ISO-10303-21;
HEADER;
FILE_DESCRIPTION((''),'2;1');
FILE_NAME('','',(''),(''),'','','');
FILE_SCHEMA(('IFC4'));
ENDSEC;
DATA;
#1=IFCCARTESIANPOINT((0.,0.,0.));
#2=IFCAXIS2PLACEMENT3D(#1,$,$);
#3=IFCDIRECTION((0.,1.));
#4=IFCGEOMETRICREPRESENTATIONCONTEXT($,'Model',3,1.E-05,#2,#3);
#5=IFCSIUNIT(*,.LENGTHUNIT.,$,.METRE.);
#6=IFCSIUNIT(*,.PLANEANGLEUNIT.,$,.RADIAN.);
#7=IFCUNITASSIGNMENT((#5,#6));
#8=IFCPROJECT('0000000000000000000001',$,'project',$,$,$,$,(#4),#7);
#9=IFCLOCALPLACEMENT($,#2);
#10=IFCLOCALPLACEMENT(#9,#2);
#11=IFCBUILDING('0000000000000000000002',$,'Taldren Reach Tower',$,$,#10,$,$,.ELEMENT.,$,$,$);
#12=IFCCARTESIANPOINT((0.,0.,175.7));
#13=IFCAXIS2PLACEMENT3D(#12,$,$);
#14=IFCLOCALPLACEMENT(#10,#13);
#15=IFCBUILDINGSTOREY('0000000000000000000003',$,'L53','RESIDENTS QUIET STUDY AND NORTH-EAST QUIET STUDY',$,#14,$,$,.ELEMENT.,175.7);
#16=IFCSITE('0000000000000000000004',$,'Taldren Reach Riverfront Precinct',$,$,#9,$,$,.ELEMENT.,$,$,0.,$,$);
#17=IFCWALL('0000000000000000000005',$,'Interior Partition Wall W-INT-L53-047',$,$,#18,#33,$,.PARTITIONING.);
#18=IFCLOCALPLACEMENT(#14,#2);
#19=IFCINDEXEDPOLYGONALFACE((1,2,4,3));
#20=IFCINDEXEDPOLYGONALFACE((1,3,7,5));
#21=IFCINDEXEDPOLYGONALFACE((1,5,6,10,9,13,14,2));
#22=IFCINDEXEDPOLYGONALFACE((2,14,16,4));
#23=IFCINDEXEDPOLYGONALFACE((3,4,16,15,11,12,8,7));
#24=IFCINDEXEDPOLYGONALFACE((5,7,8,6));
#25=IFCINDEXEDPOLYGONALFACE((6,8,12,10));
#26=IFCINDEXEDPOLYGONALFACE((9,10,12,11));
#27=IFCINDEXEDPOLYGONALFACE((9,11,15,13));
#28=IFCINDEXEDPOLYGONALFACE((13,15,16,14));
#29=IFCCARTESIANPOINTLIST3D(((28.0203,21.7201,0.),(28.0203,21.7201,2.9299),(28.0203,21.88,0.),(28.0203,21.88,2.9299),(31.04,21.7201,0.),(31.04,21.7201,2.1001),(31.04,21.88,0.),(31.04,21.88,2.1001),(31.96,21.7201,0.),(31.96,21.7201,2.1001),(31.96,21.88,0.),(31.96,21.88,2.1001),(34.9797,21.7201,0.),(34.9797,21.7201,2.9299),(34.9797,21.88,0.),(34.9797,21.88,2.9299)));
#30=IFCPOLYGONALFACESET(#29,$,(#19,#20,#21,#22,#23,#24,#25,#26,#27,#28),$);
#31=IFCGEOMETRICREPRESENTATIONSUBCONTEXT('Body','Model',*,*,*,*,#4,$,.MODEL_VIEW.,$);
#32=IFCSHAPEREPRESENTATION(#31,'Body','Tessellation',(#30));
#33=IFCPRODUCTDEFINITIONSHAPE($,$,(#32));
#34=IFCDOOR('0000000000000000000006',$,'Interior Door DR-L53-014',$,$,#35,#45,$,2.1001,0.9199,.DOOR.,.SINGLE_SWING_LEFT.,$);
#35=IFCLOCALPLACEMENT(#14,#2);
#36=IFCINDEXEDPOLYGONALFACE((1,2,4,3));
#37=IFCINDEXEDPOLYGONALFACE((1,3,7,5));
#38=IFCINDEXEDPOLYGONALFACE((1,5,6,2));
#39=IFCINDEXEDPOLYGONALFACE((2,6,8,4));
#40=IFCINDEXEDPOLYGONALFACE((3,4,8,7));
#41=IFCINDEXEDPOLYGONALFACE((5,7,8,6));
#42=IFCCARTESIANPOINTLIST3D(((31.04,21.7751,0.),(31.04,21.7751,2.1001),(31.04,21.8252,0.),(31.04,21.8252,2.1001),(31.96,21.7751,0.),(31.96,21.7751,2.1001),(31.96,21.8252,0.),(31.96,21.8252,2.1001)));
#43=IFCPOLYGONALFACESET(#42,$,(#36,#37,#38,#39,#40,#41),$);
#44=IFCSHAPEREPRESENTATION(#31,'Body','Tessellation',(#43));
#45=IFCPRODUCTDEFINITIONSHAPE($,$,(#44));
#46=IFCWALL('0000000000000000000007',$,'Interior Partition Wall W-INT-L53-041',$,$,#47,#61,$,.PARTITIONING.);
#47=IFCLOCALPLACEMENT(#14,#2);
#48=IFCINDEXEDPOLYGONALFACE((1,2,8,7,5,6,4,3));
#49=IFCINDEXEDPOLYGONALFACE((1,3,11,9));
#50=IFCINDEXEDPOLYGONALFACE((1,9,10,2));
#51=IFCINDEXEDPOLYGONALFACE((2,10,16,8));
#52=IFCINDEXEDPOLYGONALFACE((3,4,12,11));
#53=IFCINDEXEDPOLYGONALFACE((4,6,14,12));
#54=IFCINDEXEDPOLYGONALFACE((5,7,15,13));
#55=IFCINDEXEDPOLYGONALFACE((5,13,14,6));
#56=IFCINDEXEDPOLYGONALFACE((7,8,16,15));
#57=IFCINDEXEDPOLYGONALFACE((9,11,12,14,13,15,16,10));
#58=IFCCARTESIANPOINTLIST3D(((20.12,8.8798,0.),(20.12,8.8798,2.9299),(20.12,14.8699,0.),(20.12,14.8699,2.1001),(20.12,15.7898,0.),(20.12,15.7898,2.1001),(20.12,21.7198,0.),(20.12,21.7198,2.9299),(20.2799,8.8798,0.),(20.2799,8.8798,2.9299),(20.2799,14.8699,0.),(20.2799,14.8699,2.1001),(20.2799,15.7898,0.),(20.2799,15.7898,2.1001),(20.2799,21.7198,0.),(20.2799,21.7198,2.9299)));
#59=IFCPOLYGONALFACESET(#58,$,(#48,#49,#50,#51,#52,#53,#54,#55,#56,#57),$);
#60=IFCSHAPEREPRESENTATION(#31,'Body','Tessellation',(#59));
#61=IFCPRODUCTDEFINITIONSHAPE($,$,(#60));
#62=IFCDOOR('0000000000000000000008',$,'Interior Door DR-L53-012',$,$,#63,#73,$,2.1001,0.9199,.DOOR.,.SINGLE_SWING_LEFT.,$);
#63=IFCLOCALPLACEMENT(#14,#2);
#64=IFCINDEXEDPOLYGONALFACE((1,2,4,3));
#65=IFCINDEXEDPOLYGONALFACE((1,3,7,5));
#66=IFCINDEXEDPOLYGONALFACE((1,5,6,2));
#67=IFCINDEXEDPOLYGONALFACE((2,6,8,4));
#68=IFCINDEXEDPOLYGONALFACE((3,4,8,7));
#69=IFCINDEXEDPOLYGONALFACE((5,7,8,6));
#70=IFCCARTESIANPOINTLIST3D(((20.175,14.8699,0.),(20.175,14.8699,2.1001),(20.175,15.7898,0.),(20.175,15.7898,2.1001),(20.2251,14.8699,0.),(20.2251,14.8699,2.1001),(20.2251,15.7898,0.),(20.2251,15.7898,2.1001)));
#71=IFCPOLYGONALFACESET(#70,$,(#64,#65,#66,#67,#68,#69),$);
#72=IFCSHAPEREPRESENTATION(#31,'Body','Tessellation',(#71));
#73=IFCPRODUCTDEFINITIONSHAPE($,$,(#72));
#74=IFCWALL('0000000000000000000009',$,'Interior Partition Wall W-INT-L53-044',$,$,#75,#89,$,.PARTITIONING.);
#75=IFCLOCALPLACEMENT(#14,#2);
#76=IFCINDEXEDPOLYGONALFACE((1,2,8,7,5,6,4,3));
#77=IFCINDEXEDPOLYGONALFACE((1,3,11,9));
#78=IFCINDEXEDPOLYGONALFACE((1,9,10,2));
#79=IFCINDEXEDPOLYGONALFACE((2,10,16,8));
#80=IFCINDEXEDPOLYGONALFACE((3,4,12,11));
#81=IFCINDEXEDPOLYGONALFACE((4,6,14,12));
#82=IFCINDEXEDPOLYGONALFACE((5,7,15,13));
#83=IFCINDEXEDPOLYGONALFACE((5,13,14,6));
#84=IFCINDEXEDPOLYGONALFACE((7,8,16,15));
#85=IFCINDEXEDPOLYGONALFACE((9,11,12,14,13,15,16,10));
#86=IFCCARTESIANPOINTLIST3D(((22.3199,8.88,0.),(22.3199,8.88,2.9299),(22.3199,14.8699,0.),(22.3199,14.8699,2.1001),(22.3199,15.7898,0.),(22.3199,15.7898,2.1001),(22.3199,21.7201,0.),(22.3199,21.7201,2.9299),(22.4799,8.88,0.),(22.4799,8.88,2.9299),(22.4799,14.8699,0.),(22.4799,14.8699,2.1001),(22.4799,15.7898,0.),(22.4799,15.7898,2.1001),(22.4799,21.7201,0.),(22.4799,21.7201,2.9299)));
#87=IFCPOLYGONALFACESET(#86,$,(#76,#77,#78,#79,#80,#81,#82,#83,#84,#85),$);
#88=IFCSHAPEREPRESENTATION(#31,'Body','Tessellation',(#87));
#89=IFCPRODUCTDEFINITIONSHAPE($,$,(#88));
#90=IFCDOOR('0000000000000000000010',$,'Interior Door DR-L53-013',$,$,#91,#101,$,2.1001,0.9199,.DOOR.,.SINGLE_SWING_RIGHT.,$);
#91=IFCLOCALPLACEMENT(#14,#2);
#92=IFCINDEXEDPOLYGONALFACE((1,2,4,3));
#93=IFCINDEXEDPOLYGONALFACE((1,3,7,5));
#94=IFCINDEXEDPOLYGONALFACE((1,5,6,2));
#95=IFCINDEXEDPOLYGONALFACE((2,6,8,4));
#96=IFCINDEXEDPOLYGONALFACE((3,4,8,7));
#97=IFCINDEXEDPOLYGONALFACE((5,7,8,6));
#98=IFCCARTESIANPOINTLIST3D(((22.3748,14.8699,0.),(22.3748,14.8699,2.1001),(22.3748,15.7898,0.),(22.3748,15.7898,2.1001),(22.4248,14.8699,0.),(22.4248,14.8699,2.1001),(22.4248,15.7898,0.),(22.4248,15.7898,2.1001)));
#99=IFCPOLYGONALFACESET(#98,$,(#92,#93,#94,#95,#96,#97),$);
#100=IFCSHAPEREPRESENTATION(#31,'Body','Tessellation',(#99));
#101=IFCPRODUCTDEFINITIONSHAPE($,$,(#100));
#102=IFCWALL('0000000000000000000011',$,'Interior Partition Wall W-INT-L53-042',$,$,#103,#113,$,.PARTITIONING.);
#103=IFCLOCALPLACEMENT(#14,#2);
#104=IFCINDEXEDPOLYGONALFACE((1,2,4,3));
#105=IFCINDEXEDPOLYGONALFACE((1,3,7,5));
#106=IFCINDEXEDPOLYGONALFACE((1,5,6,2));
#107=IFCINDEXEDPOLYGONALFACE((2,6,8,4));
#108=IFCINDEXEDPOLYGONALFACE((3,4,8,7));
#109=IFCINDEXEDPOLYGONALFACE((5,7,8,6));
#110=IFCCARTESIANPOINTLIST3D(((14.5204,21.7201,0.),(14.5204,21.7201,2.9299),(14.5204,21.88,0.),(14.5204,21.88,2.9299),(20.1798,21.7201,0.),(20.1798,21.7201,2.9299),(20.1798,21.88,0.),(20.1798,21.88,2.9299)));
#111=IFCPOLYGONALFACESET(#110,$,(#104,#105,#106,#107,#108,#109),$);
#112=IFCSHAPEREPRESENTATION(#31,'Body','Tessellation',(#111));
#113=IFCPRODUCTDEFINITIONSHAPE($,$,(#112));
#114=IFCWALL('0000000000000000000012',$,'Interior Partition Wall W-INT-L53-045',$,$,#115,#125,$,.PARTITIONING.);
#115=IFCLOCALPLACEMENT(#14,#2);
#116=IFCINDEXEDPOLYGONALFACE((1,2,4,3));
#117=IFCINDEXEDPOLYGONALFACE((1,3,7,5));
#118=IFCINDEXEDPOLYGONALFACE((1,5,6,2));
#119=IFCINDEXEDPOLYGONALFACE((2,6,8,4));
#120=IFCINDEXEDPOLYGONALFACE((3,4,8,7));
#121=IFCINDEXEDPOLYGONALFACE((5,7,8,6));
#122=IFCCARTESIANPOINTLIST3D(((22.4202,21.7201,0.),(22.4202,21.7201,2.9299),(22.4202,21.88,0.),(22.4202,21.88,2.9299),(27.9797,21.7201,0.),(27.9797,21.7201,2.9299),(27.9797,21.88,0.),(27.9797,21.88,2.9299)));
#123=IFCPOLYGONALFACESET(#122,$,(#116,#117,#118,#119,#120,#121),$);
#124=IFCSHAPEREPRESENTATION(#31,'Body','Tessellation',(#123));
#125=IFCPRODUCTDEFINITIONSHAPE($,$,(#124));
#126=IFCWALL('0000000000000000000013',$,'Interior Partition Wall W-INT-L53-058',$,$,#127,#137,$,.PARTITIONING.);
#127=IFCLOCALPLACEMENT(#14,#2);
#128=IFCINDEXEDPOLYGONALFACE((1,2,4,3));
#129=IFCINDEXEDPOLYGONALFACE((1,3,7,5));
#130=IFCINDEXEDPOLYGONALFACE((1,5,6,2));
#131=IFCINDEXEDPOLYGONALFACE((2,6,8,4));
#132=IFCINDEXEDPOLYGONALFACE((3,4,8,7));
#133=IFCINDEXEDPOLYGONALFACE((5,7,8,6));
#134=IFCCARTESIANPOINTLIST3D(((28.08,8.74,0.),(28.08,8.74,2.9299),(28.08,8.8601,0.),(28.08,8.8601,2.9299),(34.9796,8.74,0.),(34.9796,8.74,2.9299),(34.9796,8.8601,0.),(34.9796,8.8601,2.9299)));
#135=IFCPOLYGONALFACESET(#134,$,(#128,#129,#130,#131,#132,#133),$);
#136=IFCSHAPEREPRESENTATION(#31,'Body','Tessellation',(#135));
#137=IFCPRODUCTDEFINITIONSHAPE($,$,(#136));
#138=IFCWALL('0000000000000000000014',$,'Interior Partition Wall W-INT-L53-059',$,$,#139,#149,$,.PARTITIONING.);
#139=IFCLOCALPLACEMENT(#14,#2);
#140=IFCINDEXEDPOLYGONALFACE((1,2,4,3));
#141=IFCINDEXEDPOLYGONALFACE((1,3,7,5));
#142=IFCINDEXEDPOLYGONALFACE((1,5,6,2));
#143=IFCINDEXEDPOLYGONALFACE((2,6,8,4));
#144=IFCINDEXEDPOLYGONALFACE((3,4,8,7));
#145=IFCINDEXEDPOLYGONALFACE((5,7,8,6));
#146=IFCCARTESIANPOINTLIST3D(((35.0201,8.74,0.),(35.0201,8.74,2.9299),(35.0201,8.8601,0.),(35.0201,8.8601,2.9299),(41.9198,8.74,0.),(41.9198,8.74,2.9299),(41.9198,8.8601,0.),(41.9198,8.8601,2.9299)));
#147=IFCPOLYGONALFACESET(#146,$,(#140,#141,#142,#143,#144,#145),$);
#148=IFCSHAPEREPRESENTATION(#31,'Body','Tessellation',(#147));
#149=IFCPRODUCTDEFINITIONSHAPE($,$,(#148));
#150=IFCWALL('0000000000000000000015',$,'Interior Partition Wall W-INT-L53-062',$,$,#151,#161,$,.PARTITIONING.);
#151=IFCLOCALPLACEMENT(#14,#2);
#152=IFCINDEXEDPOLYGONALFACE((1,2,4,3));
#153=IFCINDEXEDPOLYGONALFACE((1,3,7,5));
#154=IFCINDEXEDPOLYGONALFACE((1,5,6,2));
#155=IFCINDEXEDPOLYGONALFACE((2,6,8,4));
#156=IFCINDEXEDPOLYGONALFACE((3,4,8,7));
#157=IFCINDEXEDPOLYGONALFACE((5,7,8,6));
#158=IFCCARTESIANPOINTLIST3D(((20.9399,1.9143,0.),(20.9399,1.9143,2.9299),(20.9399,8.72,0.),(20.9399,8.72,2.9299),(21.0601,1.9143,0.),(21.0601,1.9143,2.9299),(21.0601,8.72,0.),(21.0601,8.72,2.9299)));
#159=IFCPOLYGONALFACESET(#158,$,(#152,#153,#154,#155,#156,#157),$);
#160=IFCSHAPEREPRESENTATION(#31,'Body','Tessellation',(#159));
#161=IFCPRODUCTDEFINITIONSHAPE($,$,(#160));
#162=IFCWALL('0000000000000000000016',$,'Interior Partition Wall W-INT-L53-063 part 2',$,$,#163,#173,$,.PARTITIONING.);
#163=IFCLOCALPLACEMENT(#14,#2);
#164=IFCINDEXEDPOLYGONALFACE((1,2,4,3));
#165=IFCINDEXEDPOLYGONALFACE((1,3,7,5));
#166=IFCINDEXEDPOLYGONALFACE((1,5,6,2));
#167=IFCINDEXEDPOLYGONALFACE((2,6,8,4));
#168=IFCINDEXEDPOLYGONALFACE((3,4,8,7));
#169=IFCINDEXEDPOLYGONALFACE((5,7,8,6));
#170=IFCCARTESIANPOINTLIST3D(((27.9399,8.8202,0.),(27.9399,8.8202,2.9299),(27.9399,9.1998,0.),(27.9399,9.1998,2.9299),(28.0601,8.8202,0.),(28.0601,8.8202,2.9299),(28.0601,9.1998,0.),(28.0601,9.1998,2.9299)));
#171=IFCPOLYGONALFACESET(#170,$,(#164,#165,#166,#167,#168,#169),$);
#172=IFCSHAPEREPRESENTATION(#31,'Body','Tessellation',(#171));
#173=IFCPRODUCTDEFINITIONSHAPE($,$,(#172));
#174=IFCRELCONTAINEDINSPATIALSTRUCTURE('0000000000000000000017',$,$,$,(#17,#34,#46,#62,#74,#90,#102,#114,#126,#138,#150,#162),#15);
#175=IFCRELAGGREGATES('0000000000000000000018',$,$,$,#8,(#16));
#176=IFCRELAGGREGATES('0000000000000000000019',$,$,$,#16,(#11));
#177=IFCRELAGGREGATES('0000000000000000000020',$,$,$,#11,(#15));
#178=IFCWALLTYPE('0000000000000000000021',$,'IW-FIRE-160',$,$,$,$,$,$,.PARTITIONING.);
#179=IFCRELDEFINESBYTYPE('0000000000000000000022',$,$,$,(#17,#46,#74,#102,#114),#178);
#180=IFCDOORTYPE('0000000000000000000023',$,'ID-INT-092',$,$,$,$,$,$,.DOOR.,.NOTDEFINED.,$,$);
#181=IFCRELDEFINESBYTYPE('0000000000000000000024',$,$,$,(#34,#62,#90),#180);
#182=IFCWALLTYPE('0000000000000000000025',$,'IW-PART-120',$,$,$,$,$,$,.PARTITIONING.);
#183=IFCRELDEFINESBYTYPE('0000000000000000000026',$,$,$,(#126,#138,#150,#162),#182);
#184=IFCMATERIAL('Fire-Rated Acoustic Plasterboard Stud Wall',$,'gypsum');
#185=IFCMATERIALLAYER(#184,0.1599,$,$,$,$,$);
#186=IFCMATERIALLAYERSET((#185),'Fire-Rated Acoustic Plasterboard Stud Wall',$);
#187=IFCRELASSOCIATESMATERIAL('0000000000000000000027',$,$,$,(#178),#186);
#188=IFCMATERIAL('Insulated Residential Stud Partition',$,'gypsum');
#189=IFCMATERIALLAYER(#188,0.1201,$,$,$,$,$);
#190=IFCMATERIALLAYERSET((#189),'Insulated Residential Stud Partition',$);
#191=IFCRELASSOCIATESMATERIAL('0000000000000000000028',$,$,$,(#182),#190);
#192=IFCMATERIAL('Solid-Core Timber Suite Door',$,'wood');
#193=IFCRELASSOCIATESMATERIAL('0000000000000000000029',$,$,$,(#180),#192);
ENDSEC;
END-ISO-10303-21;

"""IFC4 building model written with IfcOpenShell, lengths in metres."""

from ifc_helpers import new_model, si_unit, direction, frame, frame_2d, origin, place, context, subcontext, project, spatial, rectangle, extrude, source, transform, mapped, material, layer, layer_set, type_object, element, fill, save


model = new_model("IFC4")

# Units and contexts
model_context = context("Model", 3, precision=1e-05, world=origin(), true_north=direction((0.0, 1.0)))
body_context = subcontext(model_context, "Body", "Model", "MODEL_VIEW")
ifc_project = project(units=[si_unit("LENGTHUNIT", "METRE"), si_unit("PLANEANGLEUNIT", "RADIAN")], contexts=[model_context])

# Site, building, storey
site_placement = place(None, origin())
site = spatial("IfcSite", under=ifc_project, at=site_placement, Name="Taldren Reach Riverfront Precinct", CompositionType="ELEMENT", RefElevation=0.0)
building_placement = place(site_placement, origin())
building = spatial("IfcBuilding", under=site, at=building_placement, Name="Taldren Reach Tower", CompositionType="ELEMENT")
storey_placement = place(building_placement, frame((0.0, 0.0, 175.7)))
storey = spatial("IfcBuildingStorey", under=building, at=storey_placement, Name="L53", Description="RESIDENTS QUIET STUDY AND NORTH-EAST QUIET STUDY", CompositionType="ELEMENT", Elevation=175.7)

# Shared definitions
ifc_material_1 = material(Name="Fire-Rated Acoustic Plasterboard Stud Wall", Category="gypsum")
ifc_layer_1 = layer(ifc_material_1, 0.1599)
ifc_layer_set_1 = layer_set([ifc_layer_1], Name="Fire-Rated Acoustic Plasterboard Stud Wall")
wall_type_1 = type_object("IfcWallType", Name="IW-FIRE-160", PredefinedType="PARTITIONING", material=ifc_layer_set_1)
ifc_material_2 = material(Name="Insulated Residential Stud Partition", Category="gypsum")
ifc_layer_2 = layer(ifc_material_2, 0.1201)
ifc_layer_set_2 = layer_set([ifc_layer_2], Name="Insulated Residential Stud Partition")
wall_type_2 = type_object("IfcWallType", Name="IW-PART-120", PredefinedType="PARTITIONING", material=ifc_layer_set_2)

# Walls, openings, doors
shared_shape_1 = source(origin(), body_context, "Body", "SweptSolid", [
    extrude(rectangle(XDim=6.9595, YDim=0.1599, at=frame_2d((3.4797, 0.0))), origin(), (0.0, 0.0, 1.0), 2.9299),
])
wall_1_placement = place(storey_placement, frame((34.9797, 21.8, 0.0), z_axis=(0.0, 0.0, 1.0), x_axis=(-1.0, 0.0, 0.0)))
wall_1 = element("IfcWall", 1, at=wall_1_placement, inside=storey, type_object=wall_type_1, Name="Interior Partition Wall W-INT-L53-047", PredefinedType="PARTITIONING", context=body_context, shape_type="MappedRepresentation", body=[
    mapped(shared_shape_1, transform((0.0, 0.0, 0.0), scale=1.0)),
])
shared_shape_2 = source(origin(), body_context, "Body", "SweptSolid", [
    extrude(rectangle(XDim=0.9199, YDim=2.1001, at=frame_2d((0.46, 1.05))), frame((0.0, 0.0898, 0.0), z_axis=(0.0, -1.0, 0.0), x_axis=(1.0, 0.0, 0.0)), (0.0, 0.0, 1.0), 0.1799),
])
opening_1_placement = place(wall_1_placement, frame((3.0198, 0.0, 0.0)))
opening_1 = element("IfcOpeningElement", 2, at=opening_1_placement, cuts=wall_1, PredefinedType="OPENING", context=body_context, shape_type="MappedRepresentation", body=[
    mapped(shared_shape_2, transform((0.0, 0.0, 0.0), scale=1.0)),
])
ifc_material_3 = material(Name="Solid-Core Timber Suite Door", Category="wood")
door_type = type_object("IfcDoorType", Name="ID-INT-092", OperationType="NOTDEFINED", PredefinedType="DOOR", material=ifc_material_3)
shared_shape_3 = source(origin(), body_context, "Body", "SweptSolid", [
    extrude(rectangle(XDim=0.9199, YDim=2.1001, at=frame_2d((0.46, 1.05))), frame((0.0, 0.0249, 0.0), z_axis=(0.0, -1.0, 0.0), x_axis=(1.0, 0.0, 0.0)), (0.0, 0.0, 1.0), 0.05),
])
door_1_placement = place(opening_1_placement, origin())
door_1 = element("IfcDoor", 3, at=door_1_placement, inside=storey, type_object=door_type, Name="Interior Door DR-L53-014", OperationType="SINGLE_SWING_LEFT", OverallHeight=2.1001, OverallWidth=0.9199, PredefinedType="DOOR", context=body_context, shape_type="MappedRepresentation", body=[
    mapped(shared_shape_3, transform((0.0, 0.0, 0.0), scale=1.0)),
])
fill(opening_1, door_1)
shared_shape_4 = source(origin(), body_context, "Body", "SweptSolid", [
    extrude(rectangle(XDim=12.8401, YDim=0.1599, at=frame_2d((6.4199, 0.0))), origin(), (0.0, 0.0, 1.0), 2.9299),
])
wall_2_placement = place(storey_placement, frame((20.2, 8.8799, 0.0), z_axis=(0.0, 0.0, 1.0), x_axis=(0.0, 1.0, 0.0)))
wall_2 = element("IfcWall", 4, at=wall_2_placement, inside=storey, type_object=wall_type_1, Name="Interior Partition Wall W-INT-L53-041", PredefinedType="PARTITIONING", context=body_context, shape_type="MappedRepresentation", body=[
    mapped(shared_shape_4, transform((0.0, 0.0, 0.0), scale=1.0)),
])
opening_2_placement = place(wall_2_placement, frame((5.99, 0.0, 0.0)))
opening_2 = element("IfcOpeningElement", 5, at=opening_2_placement, cuts=wall_2, PredefinedType="OPENING", context=body_context, shape_type="MappedRepresentation", body=[
    mapped(shared_shape_2, transform((0.0, 0.0, 0.0), scale=1.0)),
])
door_2_placement = place(opening_2_placement, origin())
door_2 = element("IfcDoor", 6, at=door_2_placement, inside=storey, type_object=door_type, Name="Interior Door DR-L53-012", OperationType="SINGLE_SWING_LEFT", OverallHeight=2.1001, OverallWidth=0.9199, PredefinedType="DOOR", context=body_context, shape_type="MappedRepresentation", body=[
    mapped(shared_shape_3, transform((0.0, 0.0, 0.0), scale=1.0)),
])
fill(opening_2, door_2)
wall_3_placement = place(storey_placement, frame((22.3999, 21.72, 0.0), z_axis=(0.0, 0.0, 1.0), x_axis=(0.0, -1.0, 0.0)))
wall_3 = element("IfcWall", 7, at=wall_3_placement, inside=storey, type_object=wall_type_1, Name="Interior Partition Wall W-INT-L53-044", PredefinedType="PARTITIONING", context=body_context, shape_type="MappedRepresentation", body=[
    mapped(shared_shape_4, transform((0.0, 0.0, 0.0), scale=1.0)),
])
opening_3_placement = place(wall_3_placement, frame((5.9302, 0.0, 0.0)))
opening_3 = element("IfcOpeningElement", 8, at=opening_3_placement, cuts=wall_3, PredefinedType="OPENING", context=body_context, shape_type="MappedRepresentation", body=[
    mapped(shared_shape_2, transform((0.0, 0.0, 0.0), scale=1.0)),
])
door_3_placement = place(opening_3_placement, origin())
door_3 = element("IfcDoor", 9, at=door_3_placement, inside=storey, type_object=door_type, Name="Interior Door DR-L53-013", OperationType="SINGLE_SWING_RIGHT", OverallHeight=2.1001, OverallWidth=0.9199, PredefinedType="DOOR", context=body_context, shape_type="MappedRepresentation", body=[
    mapped(shared_shape_3, transform((0.0, 0.0, 0.0), scale=1.0)),
])
fill(opening_3, door_3)

# Walls
shared_shape_5 = source(origin(), body_context, "Body", "SweptSolid", [
    extrude(rectangle(XDim=5.6594, YDim=0.1599, at=frame_2d((2.8296, 0.0))), origin(), (0.0, 0.0, 1.0), 2.9299),
])
wall_4_placement = place(storey_placement, frame((20.1797, 21.8, 0.0), z_axis=(0.0, 0.0, 1.0), x_axis=(-1.0, 0.0, 0.0)))
element("IfcWall", 10, at=wall_4_placement, inside=storey, type_object=wall_type_1, Name="Interior Partition Wall W-INT-L53-042", PredefinedType="PARTITIONING", context=body_context, shape_type="MappedRepresentation", body=[
    mapped(shared_shape_5, transform((0.0, 0.0, 0.0), scale=1.0)),
])
shared_shape_6 = source(origin(), body_context, "Body", "SweptSolid", [
    extrude(rectangle(XDim=5.5596, YDim=0.1599, at=frame_2d((2.7798, 0.0))), origin(), (0.0, 0.0, 1.0), 2.9299),
])
wall_5_placement = place(storey_placement, frame((27.9797, 21.8, 0.0), z_axis=(0.0, 0.0, 1.0), x_axis=(-1.0, 0.0, 0.0)))
element("IfcWall", 11, at=wall_5_placement, inside=storey, type_object=wall_type_1, Name="Interior Partition Wall W-INT-L53-045", PredefinedType="PARTITIONING", context=body_context, shape_type="MappedRepresentation", body=[
    mapped(shared_shape_6, transform((0.0, 0.0, 0.0), scale=1.0)),
])
shared_shape_7 = source(origin(), body_context, "Body", "SweptSolid", [
    extrude(rectangle(XDim=6.8997, YDim=0.1201, at=frame_2d((3.4497, 0.0))), origin(), (0.0, 0.0, 1.0), 2.9299),
])
for number, where, z_axis, x_axis, name in (
    (12, (28.0801, 8.8, 0.0), (0.0, 0.0, 1.0), (1.0, 0.0, 0.0), "Interior Partition Wall W-INT-L53-058"),
    (13, (35.0203, 8.8, 0.0), (0.0, 0.0, 1.0), (1.0, 0.0, 0.0), "Interior Partition Wall W-INT-L53-059"),
):
    element("IfcWall", number, at=place(storey_placement, frame(where, z_axis=z_axis, x_axis=x_axis)), inside=storey, type_object=wall_type_2, Name=name, PredefinedType="PARTITIONING", context=body_context, shape_type="MappedRepresentation", body=[
        mapped(shared_shape_7, transform((0.0, 0.0, 0.0), scale=1.0)),
    ])
shared_shape_8 = source(origin(), body_context, "Body", "SweptSolid", [
    extrude(rectangle(XDim=6.8057, YDim=0.1201, at=frame_2d((3.4028, 0.0))), origin(), (0.0, 0.0, 1.0), 2.9299),
])
wall_6_placement = place(storey_placement, frame((21.0, 8.72, 0.0), z_axis=(0.0, 0.0, 1.0), x_axis=(0.0, -1.0, 0.0)))
element("IfcWall", 14, at=wall_6_placement, inside=storey, type_object=wall_type_2, Name="Interior Partition Wall W-INT-L53-062", PredefinedType="PARTITIONING", context=body_context, shape_type="MappedRepresentation", body=[
    mapped(shared_shape_8, transform((0.0, 0.0, 0.0), scale=1.0)),
])
shared_shape_9 = source(origin(), body_context, "Body", "SweptSolid", [
    extrude(rectangle(XDim=0.3796, YDim=0.1201, at=frame_2d((0.1899, 0.0))), origin(), (0.0, 0.0, 1.0), 2.9299),
])
wall_7_placement = place(storey_placement, frame((28.0, 9.2, 0.0), z_axis=(0.0, 0.0, 1.0), x_axis=(0.0, -1.0, 0.0)))
element("IfcWall", 15, at=wall_7_placement, inside=storey, type_object=wall_type_2, Name="Interior Partition Wall W-INT-L53-063 part 2", PredefinedType="PARTITIONING", context=body_context, shape_type="MappedRepresentation", body=[
    mapped(shared_shape_9, transform((0.0, 0.0, 0.0), scale=1.0)),
])

save(model, "model.ifc")
